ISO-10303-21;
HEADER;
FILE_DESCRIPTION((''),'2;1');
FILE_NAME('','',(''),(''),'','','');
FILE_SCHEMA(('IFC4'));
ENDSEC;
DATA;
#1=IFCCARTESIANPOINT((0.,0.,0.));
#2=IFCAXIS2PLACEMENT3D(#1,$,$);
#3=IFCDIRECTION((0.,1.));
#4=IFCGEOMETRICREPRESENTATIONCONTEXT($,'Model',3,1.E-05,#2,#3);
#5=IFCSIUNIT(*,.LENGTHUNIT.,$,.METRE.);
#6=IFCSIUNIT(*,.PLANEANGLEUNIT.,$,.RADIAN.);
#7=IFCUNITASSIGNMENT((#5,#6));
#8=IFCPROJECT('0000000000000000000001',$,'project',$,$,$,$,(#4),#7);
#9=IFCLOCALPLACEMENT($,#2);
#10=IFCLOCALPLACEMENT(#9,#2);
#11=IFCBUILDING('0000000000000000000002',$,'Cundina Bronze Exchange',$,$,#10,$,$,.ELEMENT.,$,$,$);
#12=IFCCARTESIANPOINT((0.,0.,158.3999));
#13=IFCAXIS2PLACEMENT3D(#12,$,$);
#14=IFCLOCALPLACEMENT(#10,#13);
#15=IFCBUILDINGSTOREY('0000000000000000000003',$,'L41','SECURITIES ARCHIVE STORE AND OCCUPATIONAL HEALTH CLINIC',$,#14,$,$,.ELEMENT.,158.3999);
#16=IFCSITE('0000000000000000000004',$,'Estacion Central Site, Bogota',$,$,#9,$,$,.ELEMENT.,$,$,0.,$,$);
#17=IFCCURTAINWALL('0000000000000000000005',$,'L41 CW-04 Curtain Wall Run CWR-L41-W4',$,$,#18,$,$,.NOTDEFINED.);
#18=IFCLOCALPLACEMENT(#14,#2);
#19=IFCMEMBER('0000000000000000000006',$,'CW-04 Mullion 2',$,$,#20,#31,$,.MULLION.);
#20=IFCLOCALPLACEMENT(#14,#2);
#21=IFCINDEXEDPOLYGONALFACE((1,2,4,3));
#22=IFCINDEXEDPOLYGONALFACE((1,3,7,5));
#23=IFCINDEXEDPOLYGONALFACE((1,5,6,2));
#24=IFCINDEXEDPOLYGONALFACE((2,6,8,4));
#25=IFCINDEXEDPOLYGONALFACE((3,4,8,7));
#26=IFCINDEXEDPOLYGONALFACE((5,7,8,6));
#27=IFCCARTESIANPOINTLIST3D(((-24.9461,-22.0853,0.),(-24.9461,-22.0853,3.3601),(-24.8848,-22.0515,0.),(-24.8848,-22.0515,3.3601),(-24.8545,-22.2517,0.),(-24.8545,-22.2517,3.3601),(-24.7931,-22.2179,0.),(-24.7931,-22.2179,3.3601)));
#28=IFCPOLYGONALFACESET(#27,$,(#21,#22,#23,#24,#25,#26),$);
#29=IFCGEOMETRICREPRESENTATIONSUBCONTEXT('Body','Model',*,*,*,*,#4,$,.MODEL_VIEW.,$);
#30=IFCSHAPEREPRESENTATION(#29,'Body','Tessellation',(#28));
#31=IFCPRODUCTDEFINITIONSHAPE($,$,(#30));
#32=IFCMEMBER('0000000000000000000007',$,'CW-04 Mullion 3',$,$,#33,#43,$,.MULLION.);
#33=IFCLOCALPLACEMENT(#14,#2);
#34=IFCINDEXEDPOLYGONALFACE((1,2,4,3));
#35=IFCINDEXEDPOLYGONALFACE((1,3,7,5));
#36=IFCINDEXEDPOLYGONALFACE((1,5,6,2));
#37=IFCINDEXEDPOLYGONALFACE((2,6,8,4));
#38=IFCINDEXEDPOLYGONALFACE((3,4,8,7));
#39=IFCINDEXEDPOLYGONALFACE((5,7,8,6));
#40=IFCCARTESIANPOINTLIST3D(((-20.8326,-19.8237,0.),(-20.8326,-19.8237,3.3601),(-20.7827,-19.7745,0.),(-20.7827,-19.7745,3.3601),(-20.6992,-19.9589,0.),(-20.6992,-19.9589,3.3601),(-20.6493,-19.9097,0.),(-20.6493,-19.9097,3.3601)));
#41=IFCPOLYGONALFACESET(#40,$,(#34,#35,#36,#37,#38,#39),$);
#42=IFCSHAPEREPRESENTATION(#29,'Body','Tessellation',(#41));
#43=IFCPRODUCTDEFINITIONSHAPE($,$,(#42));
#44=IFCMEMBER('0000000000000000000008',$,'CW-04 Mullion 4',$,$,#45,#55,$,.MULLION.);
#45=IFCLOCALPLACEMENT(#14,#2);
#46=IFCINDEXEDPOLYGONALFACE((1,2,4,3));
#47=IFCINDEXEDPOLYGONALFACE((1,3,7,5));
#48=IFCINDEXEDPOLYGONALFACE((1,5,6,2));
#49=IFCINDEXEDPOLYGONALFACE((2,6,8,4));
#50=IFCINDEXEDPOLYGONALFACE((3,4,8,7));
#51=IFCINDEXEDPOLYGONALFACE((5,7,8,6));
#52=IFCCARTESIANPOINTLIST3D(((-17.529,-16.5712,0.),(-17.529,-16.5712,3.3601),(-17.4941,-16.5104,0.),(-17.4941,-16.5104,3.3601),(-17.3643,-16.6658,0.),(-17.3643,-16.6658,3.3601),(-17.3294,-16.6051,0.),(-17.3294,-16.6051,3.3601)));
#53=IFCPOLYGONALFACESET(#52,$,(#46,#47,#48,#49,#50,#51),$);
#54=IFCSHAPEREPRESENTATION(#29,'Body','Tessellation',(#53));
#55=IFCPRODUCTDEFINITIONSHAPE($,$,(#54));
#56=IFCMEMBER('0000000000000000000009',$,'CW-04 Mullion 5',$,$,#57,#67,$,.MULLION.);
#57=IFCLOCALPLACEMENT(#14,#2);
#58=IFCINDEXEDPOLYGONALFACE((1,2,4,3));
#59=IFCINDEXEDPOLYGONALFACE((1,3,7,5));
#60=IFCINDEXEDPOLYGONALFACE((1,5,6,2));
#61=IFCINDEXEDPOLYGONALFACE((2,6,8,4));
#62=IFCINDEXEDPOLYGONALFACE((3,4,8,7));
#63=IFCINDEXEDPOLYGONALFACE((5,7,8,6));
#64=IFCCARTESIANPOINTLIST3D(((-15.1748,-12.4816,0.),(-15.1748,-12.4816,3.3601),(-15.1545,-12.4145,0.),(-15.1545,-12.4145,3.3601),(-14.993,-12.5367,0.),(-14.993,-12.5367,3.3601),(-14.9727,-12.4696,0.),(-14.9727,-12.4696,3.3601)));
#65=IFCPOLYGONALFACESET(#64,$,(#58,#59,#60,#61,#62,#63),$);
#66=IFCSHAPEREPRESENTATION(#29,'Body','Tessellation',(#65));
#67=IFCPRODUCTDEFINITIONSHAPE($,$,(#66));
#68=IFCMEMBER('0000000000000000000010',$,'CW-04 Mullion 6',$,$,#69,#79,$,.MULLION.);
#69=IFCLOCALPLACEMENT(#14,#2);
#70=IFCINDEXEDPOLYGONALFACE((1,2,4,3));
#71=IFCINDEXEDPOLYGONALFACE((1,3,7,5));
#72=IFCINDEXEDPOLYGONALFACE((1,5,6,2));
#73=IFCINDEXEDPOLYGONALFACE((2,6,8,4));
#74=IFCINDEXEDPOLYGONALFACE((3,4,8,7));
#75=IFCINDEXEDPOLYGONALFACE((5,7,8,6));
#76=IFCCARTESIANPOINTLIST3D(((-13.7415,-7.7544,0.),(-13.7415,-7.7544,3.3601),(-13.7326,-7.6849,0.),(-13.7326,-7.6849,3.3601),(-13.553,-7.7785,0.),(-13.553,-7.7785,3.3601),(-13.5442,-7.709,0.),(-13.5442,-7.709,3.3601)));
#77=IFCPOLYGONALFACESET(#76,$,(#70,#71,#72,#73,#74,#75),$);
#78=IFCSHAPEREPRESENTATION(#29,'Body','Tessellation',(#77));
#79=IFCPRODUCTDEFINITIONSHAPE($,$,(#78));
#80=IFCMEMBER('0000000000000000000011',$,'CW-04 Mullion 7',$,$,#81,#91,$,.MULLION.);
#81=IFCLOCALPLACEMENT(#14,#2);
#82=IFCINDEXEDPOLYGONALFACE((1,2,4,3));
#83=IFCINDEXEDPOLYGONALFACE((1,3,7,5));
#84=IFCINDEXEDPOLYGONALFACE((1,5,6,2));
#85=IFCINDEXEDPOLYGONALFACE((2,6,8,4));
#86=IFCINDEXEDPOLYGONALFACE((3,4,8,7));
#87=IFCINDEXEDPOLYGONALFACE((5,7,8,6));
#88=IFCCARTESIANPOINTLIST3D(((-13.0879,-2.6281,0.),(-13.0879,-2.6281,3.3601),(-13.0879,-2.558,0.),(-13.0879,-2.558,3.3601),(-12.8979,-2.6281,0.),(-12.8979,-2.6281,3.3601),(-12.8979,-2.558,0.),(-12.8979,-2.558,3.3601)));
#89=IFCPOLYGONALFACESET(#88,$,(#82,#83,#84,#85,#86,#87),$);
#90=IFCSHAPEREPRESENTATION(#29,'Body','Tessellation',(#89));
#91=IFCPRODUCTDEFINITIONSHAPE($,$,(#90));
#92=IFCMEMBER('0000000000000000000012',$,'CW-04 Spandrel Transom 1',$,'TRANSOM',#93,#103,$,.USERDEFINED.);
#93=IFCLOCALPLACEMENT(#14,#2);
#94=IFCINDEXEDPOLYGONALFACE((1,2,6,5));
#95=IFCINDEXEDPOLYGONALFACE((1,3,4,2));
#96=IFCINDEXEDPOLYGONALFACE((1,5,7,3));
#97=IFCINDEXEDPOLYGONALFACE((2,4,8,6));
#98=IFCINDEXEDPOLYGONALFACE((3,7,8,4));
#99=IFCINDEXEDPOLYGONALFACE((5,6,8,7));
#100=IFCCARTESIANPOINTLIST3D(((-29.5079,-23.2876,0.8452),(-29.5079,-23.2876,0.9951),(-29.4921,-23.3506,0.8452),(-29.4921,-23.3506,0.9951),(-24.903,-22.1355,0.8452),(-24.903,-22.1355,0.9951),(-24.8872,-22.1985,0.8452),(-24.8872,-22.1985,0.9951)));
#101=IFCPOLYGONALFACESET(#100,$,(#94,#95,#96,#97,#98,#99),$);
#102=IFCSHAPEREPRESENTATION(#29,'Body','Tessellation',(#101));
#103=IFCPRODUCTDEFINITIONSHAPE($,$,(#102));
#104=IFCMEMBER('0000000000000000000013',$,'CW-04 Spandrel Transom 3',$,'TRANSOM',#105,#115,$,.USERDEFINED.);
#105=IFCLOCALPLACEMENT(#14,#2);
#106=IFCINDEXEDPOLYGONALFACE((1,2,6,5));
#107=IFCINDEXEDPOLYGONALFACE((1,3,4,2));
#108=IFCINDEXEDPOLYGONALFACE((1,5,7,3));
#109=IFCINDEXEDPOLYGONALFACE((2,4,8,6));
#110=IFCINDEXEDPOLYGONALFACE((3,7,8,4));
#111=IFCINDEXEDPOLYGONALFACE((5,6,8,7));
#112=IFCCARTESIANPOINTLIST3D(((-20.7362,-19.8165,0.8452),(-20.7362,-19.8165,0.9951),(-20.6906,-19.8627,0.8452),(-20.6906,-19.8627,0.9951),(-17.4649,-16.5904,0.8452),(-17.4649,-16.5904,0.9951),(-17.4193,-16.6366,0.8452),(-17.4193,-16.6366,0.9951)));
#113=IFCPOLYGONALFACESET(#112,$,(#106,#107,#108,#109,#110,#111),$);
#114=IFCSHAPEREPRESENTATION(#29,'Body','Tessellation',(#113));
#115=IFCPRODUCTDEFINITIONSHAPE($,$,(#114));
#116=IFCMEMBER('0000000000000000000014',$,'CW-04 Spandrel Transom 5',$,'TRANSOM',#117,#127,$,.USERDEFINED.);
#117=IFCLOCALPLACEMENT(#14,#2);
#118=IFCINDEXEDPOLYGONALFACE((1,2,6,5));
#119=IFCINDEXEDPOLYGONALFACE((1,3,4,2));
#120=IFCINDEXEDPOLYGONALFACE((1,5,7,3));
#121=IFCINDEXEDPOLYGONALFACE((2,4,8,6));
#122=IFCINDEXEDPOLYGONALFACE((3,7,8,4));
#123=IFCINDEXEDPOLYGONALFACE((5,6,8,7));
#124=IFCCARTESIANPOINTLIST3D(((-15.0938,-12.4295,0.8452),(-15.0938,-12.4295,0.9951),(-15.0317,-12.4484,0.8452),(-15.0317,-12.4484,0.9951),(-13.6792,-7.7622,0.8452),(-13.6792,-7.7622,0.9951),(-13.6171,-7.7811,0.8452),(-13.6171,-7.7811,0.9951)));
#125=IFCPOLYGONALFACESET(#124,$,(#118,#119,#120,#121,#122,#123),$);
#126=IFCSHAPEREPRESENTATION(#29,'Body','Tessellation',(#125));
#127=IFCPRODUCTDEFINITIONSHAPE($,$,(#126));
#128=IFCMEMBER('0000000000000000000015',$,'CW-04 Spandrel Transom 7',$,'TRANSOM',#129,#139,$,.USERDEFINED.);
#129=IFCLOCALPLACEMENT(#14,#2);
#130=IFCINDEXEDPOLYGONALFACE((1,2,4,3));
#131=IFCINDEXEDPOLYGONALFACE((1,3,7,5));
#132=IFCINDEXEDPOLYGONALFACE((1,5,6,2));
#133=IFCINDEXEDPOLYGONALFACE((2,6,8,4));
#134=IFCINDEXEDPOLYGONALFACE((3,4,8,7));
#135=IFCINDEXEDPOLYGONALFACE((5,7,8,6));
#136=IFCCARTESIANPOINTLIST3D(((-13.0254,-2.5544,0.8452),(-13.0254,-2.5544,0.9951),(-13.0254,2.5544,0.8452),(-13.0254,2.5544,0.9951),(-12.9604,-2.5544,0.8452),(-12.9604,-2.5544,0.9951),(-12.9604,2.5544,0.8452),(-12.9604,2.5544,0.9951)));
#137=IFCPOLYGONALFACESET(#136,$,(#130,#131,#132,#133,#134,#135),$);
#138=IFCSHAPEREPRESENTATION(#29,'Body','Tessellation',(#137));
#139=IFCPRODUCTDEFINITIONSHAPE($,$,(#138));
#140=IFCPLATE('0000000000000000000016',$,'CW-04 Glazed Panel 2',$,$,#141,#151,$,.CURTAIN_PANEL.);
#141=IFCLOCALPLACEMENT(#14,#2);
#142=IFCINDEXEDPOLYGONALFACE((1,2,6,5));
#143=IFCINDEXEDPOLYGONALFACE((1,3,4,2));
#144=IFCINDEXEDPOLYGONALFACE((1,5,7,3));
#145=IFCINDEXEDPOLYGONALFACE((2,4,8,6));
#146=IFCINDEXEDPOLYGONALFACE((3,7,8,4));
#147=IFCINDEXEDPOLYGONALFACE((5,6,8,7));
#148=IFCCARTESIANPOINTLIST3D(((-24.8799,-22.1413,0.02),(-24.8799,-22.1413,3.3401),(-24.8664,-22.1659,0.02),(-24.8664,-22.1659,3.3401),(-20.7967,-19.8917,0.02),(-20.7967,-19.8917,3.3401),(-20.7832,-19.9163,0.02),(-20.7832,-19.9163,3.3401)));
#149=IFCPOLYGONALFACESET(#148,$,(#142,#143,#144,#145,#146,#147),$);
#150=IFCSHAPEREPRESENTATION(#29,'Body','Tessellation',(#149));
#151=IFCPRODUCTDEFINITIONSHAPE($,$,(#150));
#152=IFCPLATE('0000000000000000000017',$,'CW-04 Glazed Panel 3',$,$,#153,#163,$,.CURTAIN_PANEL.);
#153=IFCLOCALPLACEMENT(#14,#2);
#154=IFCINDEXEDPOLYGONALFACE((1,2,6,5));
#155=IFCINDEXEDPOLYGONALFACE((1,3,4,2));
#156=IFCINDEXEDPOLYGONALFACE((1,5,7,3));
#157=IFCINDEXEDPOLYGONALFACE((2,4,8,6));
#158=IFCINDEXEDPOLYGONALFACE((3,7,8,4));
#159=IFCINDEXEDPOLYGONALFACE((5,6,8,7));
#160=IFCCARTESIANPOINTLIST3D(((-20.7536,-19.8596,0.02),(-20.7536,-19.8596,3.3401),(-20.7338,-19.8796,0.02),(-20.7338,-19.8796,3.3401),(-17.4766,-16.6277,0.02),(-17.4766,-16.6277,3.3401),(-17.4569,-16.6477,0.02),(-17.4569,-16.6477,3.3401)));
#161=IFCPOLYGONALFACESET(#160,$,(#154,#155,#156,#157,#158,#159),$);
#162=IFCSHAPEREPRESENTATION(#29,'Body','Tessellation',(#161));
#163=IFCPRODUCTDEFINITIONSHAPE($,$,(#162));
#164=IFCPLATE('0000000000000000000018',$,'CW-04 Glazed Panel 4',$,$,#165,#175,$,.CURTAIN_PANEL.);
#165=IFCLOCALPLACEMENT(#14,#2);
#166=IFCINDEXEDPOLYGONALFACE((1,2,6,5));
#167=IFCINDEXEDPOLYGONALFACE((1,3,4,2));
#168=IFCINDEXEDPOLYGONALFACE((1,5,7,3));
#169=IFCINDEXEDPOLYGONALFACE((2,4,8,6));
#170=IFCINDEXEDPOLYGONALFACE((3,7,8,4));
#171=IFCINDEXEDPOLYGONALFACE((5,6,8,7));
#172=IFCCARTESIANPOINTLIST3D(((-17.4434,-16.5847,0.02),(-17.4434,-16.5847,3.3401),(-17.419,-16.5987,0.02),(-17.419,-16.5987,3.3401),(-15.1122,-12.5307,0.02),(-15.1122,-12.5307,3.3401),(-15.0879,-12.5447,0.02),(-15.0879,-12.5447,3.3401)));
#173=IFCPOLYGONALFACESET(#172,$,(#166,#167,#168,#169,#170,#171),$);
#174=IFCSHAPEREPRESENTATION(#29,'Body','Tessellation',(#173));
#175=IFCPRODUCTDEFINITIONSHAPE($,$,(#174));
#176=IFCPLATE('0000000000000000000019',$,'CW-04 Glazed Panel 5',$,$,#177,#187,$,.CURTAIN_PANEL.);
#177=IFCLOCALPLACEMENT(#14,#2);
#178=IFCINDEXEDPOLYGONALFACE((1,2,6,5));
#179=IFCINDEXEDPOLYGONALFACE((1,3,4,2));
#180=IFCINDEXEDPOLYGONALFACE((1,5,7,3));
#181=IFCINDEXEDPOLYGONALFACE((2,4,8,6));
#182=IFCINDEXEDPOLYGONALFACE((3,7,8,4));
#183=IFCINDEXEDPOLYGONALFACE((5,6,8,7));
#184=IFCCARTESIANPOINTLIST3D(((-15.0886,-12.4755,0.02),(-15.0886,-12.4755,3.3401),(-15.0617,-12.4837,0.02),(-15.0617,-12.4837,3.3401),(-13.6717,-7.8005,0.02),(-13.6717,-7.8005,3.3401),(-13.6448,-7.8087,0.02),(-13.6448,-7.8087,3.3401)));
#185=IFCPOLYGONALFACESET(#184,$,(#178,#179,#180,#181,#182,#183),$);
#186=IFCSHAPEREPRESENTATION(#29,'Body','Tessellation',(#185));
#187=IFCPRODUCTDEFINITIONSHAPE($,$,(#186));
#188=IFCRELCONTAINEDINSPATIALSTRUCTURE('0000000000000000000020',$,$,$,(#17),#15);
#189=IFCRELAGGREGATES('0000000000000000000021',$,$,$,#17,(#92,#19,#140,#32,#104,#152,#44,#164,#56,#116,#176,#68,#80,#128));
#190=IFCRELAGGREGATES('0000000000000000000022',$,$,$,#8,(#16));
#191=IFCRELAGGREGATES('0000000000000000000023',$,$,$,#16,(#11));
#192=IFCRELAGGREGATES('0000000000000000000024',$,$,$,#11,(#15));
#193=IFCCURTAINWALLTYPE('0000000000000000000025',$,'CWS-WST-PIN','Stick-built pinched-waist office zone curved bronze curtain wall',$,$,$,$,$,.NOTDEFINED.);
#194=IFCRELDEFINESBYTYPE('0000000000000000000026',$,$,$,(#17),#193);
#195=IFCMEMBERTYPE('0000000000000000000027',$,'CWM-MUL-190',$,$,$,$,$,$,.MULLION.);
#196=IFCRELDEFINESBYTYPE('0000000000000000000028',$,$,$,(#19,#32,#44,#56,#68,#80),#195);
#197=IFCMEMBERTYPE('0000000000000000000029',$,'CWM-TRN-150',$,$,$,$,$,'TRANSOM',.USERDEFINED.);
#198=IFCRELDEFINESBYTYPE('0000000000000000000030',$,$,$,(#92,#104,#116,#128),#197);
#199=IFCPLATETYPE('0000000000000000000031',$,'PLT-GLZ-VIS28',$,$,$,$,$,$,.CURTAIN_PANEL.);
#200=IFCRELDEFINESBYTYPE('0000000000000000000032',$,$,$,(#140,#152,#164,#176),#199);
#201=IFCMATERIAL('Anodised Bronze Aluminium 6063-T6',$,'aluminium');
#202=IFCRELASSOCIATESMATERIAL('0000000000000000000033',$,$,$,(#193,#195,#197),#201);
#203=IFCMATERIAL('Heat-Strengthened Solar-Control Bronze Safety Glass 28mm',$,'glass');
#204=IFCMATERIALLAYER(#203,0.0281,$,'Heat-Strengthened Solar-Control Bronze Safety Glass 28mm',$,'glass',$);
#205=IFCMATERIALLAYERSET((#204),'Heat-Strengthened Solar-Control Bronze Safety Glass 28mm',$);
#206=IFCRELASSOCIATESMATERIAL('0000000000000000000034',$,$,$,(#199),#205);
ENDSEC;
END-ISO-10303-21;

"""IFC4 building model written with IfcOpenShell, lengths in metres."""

from ifc_helpers import new_model, si_unit, direction, frame, origin, origin_2d, place, context, subcontext, project, spatial, rectangle, extrude, material, layer, layer_set, material_profile, profile_set, type_object, element, aggregate, save


model = new_model("IFC4")

# Units and contexts
model_context = context("Model", 3, precision=1e-05, world=origin(), true_north=direction((0.0, 1.0)))
body_context = subcontext(model_context, "Body", "Model", "MODEL_VIEW")
ifc_project = project(units=[si_unit("LENGTHUNIT", "METRE"), si_unit("PLANEANGLEUNIT", "RADIAN")], contexts=[model_context])

# Site, building, storey
site_placement = place(None, origin())
site = spatial("IfcSite", under=ifc_project, at=site_placement, Name="Estacion Central Site, Bogota", CompositionType="ELEMENT", RefElevation=0.0)
building_placement = place(site_placement, origin())
building = spatial("IfcBuilding", under=site, at=building_placement, Name="Cundina Bronze Exchange", CompositionType="ELEMENT")
storey_placement = place(building_placement, frame((0.0, 0.0, 158.3999)))
storey = spatial("IfcBuildingStorey", under=building, at=storey_placement, Name="L41", Description="SECURITIES ARCHIVE STORE AND OCCUPATIONAL HEALTH CLINIC", CompositionType="ELEMENT", Elevation=158.3999)

# Curtain wall, members, plates
ifc_material_1 = material(Name="Anodised Bronze Aluminium 6063-T6", Category="aluminium")
curtain_wall_type = type_object("IfcCurtainWallType", Name="CWS-WST-PIN", Description="Stick-built pinched-waist office zone curved bronze curtain wall", PredefinedType="NOTDEFINED", material=ifc_material_1)
curtain_wall_placement = place(storey_placement, origin())
curtain_wall = element("IfcCurtainWall", 1, at=curtain_wall_placement, inside=storey, type_object=curtain_wall_type, Name="L41 CW-04 Curtain Wall Run CWR-L41-W4", PredefinedType="NOTDEFINED")
ifc_material_profile_1 = material_profile(ifc_material_1, rectangle(XDim=0.0701, YDim=0.1899, at=origin_2d()), Name="AL70X190", Category="aluminium")
ifc_profile_set_1 = profile_set([ifc_material_profile_1], Name="Anodised Bronze Aluminium 6063-T6")
member_type_1 = type_object("IfcMemberType", Name="CWM-MUL-190", PredefinedType="MULLION", material=ifc_profile_set_1)
member_1_placement = place(storey_placement, frame((-24.8696, -22.1516, 0.0), z_axis=(0.0, 0.0, 1.0), x_axis=(0.875886, 0.482518, 0.0)))
member_1 = element("IfcMember", 2, at=member_1_placement, type_object=member_type_1, Name="CW-04 Mullion 2", PredefinedType="MULLION", context=body_context, shape_type="SweptSolid", body=[
    extrude(rectangle(XDim=0.0701, YDim=0.1899, at=origin_2d()), origin(), (0.0, 0.0, 1.0), 3.3601),
])
member_2_placement = place(storey_placement, frame((-20.741, -19.8667, 0.0), z_axis=(0.0, 0.0, 1.0), x_axis=(0.712026, 0.702153, 0.0)))
member_2 = element("IfcMember", 3, at=member_2_placement, type_object=member_type_1, Name="CW-04 Mullion 3", PredefinedType="MULLION", context=body_context, shape_type="SweptSolid", body=[
    extrude(rectangle(XDim=0.0701, YDim=0.1899, at=origin_2d()), origin(), (0.0, 0.0, 1.0), 3.3601),
])
member_3_placement = place(storey_placement, frame((-17.4292, -16.5881, 0.0), z_axis=(0.0, 0.0, 1.0), x_axis=(0.498488, 0.866897, 0.0)))
member_3 = element("IfcMember", 4, at=member_3_placement, type_object=member_type_1, Name="CW-04 Mullion 4", PredefinedType="MULLION", context=body_context, shape_type="SweptSolid", body=[
    extrude(rectangle(XDim=0.0701, YDim=0.1899, at=origin_2d()), origin(), (0.0, 0.0, 1.0), 3.3601),
])
member_4_placement = place(storey_placement, frame((-15.0737, -12.4756, 0.0), z_axis=(0.0, 0.0, 1.0), x_axis=(0.290034, 0.957016, 0.0)))
member_4 = element("IfcMember", 5, at=member_4_placement, type_object=member_type_1, Name="CW-04 Mullion 5", PredefinedType="MULLION", context=body_context, shape_type="SweptSolid", body=[
    extrude(rectangle(XDim=0.0701, YDim=0.1899, at=origin_2d()), origin(), (0.0, 0.0, 1.0), 3.3601),
])
member_5_placement = place(storey_placement, frame((-13.6428, -7.7317, 0.0), z_axis=(0.0, 0.0, 1.0), x_axis=(0.126545, 0.991961, 0.0)))
member_5 = element("IfcMember", 6, at=member_5_placement, type_object=member_type_1, Name="CW-04 Mullion 6", PredefinedType="MULLION", context=body_context, shape_type="SweptSolid", body=[
    extrude(rectangle(XDim=0.0701, YDim=0.1899, at=origin_2d()), origin(), (0.0, 0.0, 1.0), 3.3601),
])
member_6_placement = place(storey_placement, frame((-12.9929, -2.593, 0.0), z_axis=(0.0, 0.0, 1.0), x_axis=(0.0, 1.0, 0.0)))
member_6 = element("IfcMember", 7, at=member_6_placement, type_object=member_type_1, Name="CW-04 Mullion 7", PredefinedType="MULLION", context=body_context, shape_type="SweptSolid", body=[
    extrude(rectangle(XDim=0.0701, YDim=0.1899, at=origin_2d()), origin(), (0.0, 0.0, 1.0), 3.3601),
])
ifc_material_profile_2 = material_profile(ifc_material_1, rectangle(XDim=0.0649, YDim=0.1499, at=origin_2d()), Name="AL65X150", Category="aluminium")
ifc_profile_set_2 = profile_set([ifc_material_profile_2], Name="Anodised Bronze Aluminium 6063-T6")
member_type_2 = type_object("IfcMemberType", Name="CWM-TRN-150", ElementType="TRANSOM", PredefinedType="USERDEFINED", material=ifc_profile_set_2)
member_7_placement = place(storey_placement, frame((-29.5, -23.3191, 0.9202), z_axis=(0.9701, 0.242705, 0.0), x_axis=(-0.242705, 0.9701, 0.0)))
member_7 = element("IfcMember", 8, at=member_7_placement, type_object=member_type_2, Name="CW-04 Spandrel Transom 1", ObjectType="TRANSOM", PredefinedType="USERDEFINED", context=body_context, shape_type="SweptSolid", body=[
    extrude(rectangle(XDim=0.0649, YDim=0.1499, at=origin_2d()), origin(), (0.0, 0.0, 1.0), 4.7468),
])
member_8_placement = place(storey_placement, frame((-20.7134, -19.8396, 0.9202), z_axis=(0.712005, 0.702174, 0.0), x_axis=(-0.702174, 0.712005, 0.0)))
member_8 = element("IfcMember", 9, at=member_8_placement, type_object=member_type_2, Name="CW-04 Spandrel Transom 3", ObjectType="TRANSOM", PredefinedType="USERDEFINED", context=body_context, shape_type="SweptSolid", body=[
    extrude(rectangle(XDim=0.0649, YDim=0.1499, at=origin_2d()), origin(), (0.0, 0.0, 1.0), 4.5945),
])
member_9_placement = place(storey_placement, frame((-15.0627, -12.439, 0.9202), z_axis=(0.290052, 0.957011, 0.0), x_axis=(-0.957011, 0.290052, 0.0)))
member_9 = element("IfcMember", 10, at=member_9_placement, type_object=member_type_2, Name="CW-04 Spandrel Transom 5", ObjectType="TRANSOM", PredefinedType="USERDEFINED", context=body_context, shape_type="SweptSolid", body=[
    extrude(rectangle(XDim=0.0649, YDim=0.1499, at=origin_2d()), origin(), (0.0, 0.0, 1.0), 4.877),
])
member_10_placement = place(storey_placement, frame((-12.9929, -2.5544, 0.9202), z_axis=(0.0, 1.0, 0.0), x_axis=(-1.0, 0.0, 0.0)))
member_10 = element("IfcMember", 11, at=member_10_placement, type_object=member_type_2, Name="CW-04 Spandrel Transom 7", ObjectType="TRANSOM", PredefinedType="USERDEFINED", context=body_context, shape_type="SweptSolid", body=[
    extrude(rectangle(XDim=0.0649, YDim=0.1499, at=origin_2d()), origin(), (0.0, 0.0, 1.0), 5.1089),
])
ifc_material_2 = material(Name="Heat-Strengthened Solar-Control Bronze Safety Glass 28mm", Category="glass")
ifc_layer_1 = layer(ifc_material_2, 0.0281, Name="Heat-Strengthened Solar-Control Bronze Safety Glass 28mm", Category="glass")
ifc_layer_set_1 = layer_set([ifc_layer_1], Name="Heat-Strengthened Solar-Control Bronze Safety Glass 28mm")
plate_type_1 = type_object("IfcPlateType", Name="PLT-GLZ-VIS28", PredefinedType="CURTAIN_PANEL", material=ifc_layer_set_1)
plate_1_placement = place(storey_placement, frame((-22.8315, -21.0288, 0.02), z_axis=(0.0, 0.0, 1.0), x_axis=(0.875869, 0.482549, 0.0)))
plate_1 = element("IfcPlate", 12, at=plate_1_placement, type_object=plate_type_1, Name="CW-04 Glazed Panel 2", PredefinedType="CURTAIN_PANEL", context=body_context, shape_type="SweptSolid", body=[
    extrude(rectangle(XDim=4.6619, YDim=0.0281, at=origin_2d()), origin(), (0.0, 0.0, 1.0), 3.3201),
])
plate_2_placement = place(storey_placement, frame((-19.1052, -18.2537, 0.02), z_axis=(0.0, 0.0, 1.0), x_axis=(0.711989, 0.70219, 0.0)))
plate_2 = element("IfcPlate", 13, at=plate_2_placement, type_object=plate_type_1, Name="CW-04 Glazed Panel 3", PredefinedType="CURTAIN_PANEL", context=body_context, shape_type="SweptSolid", body=[
    extrude(rectangle(XDim=4.6025, YDim=0.0281, at=origin_2d()), origin(), (0.0, 0.0, 1.0), 3.3201),
])
plate_3_placement = place(storey_placement, frame((-16.2656, -14.5647, 0.02), z_axis=(0.0, 0.0, 1.0), x_axis=(0.498488, 0.866897, 0.0)))
plate_3 = element("IfcPlate", 14, at=plate_3_placement, type_object=plate_type_1, Name="CW-04 Glazed Panel 4", PredefinedType="CURTAIN_PANEL", context=body_context, shape_type="SweptSolid", body=[
    extrude(rectangle(XDim=4.6765, YDim=0.0281, at=origin_2d()), origin(), (0.0, 0.0, 1.0), 3.3201),
])
plate_4_placement = place(storey_placement, frame((-14.3667, -10.1421, 0.02), z_axis=(0.0, 0.0, 1.0), x_axis=(0.290051, 0.957011, 0.0)))
plate_4 = element("IfcPlate", 15, at=plate_4_placement, type_object=plate_type_1, Name="CW-04 Glazed Panel 5", PredefinedType="CURTAIN_PANEL", context=body_context, shape_type="SweptSolid", body=[
    extrude(rectangle(XDim=4.885, YDim=0.0281, at=origin_2d()), origin(), (0.0, 0.0, 1.0), 3.3201),
])
aggregate(curtain_wall, [member_7, member_1, plate_1, member_2, member_8, plate_2, member_3, plate_3, member_4, member_9, plate_4, member_5, member_6, member_10])

save(model, "model.ifc")
